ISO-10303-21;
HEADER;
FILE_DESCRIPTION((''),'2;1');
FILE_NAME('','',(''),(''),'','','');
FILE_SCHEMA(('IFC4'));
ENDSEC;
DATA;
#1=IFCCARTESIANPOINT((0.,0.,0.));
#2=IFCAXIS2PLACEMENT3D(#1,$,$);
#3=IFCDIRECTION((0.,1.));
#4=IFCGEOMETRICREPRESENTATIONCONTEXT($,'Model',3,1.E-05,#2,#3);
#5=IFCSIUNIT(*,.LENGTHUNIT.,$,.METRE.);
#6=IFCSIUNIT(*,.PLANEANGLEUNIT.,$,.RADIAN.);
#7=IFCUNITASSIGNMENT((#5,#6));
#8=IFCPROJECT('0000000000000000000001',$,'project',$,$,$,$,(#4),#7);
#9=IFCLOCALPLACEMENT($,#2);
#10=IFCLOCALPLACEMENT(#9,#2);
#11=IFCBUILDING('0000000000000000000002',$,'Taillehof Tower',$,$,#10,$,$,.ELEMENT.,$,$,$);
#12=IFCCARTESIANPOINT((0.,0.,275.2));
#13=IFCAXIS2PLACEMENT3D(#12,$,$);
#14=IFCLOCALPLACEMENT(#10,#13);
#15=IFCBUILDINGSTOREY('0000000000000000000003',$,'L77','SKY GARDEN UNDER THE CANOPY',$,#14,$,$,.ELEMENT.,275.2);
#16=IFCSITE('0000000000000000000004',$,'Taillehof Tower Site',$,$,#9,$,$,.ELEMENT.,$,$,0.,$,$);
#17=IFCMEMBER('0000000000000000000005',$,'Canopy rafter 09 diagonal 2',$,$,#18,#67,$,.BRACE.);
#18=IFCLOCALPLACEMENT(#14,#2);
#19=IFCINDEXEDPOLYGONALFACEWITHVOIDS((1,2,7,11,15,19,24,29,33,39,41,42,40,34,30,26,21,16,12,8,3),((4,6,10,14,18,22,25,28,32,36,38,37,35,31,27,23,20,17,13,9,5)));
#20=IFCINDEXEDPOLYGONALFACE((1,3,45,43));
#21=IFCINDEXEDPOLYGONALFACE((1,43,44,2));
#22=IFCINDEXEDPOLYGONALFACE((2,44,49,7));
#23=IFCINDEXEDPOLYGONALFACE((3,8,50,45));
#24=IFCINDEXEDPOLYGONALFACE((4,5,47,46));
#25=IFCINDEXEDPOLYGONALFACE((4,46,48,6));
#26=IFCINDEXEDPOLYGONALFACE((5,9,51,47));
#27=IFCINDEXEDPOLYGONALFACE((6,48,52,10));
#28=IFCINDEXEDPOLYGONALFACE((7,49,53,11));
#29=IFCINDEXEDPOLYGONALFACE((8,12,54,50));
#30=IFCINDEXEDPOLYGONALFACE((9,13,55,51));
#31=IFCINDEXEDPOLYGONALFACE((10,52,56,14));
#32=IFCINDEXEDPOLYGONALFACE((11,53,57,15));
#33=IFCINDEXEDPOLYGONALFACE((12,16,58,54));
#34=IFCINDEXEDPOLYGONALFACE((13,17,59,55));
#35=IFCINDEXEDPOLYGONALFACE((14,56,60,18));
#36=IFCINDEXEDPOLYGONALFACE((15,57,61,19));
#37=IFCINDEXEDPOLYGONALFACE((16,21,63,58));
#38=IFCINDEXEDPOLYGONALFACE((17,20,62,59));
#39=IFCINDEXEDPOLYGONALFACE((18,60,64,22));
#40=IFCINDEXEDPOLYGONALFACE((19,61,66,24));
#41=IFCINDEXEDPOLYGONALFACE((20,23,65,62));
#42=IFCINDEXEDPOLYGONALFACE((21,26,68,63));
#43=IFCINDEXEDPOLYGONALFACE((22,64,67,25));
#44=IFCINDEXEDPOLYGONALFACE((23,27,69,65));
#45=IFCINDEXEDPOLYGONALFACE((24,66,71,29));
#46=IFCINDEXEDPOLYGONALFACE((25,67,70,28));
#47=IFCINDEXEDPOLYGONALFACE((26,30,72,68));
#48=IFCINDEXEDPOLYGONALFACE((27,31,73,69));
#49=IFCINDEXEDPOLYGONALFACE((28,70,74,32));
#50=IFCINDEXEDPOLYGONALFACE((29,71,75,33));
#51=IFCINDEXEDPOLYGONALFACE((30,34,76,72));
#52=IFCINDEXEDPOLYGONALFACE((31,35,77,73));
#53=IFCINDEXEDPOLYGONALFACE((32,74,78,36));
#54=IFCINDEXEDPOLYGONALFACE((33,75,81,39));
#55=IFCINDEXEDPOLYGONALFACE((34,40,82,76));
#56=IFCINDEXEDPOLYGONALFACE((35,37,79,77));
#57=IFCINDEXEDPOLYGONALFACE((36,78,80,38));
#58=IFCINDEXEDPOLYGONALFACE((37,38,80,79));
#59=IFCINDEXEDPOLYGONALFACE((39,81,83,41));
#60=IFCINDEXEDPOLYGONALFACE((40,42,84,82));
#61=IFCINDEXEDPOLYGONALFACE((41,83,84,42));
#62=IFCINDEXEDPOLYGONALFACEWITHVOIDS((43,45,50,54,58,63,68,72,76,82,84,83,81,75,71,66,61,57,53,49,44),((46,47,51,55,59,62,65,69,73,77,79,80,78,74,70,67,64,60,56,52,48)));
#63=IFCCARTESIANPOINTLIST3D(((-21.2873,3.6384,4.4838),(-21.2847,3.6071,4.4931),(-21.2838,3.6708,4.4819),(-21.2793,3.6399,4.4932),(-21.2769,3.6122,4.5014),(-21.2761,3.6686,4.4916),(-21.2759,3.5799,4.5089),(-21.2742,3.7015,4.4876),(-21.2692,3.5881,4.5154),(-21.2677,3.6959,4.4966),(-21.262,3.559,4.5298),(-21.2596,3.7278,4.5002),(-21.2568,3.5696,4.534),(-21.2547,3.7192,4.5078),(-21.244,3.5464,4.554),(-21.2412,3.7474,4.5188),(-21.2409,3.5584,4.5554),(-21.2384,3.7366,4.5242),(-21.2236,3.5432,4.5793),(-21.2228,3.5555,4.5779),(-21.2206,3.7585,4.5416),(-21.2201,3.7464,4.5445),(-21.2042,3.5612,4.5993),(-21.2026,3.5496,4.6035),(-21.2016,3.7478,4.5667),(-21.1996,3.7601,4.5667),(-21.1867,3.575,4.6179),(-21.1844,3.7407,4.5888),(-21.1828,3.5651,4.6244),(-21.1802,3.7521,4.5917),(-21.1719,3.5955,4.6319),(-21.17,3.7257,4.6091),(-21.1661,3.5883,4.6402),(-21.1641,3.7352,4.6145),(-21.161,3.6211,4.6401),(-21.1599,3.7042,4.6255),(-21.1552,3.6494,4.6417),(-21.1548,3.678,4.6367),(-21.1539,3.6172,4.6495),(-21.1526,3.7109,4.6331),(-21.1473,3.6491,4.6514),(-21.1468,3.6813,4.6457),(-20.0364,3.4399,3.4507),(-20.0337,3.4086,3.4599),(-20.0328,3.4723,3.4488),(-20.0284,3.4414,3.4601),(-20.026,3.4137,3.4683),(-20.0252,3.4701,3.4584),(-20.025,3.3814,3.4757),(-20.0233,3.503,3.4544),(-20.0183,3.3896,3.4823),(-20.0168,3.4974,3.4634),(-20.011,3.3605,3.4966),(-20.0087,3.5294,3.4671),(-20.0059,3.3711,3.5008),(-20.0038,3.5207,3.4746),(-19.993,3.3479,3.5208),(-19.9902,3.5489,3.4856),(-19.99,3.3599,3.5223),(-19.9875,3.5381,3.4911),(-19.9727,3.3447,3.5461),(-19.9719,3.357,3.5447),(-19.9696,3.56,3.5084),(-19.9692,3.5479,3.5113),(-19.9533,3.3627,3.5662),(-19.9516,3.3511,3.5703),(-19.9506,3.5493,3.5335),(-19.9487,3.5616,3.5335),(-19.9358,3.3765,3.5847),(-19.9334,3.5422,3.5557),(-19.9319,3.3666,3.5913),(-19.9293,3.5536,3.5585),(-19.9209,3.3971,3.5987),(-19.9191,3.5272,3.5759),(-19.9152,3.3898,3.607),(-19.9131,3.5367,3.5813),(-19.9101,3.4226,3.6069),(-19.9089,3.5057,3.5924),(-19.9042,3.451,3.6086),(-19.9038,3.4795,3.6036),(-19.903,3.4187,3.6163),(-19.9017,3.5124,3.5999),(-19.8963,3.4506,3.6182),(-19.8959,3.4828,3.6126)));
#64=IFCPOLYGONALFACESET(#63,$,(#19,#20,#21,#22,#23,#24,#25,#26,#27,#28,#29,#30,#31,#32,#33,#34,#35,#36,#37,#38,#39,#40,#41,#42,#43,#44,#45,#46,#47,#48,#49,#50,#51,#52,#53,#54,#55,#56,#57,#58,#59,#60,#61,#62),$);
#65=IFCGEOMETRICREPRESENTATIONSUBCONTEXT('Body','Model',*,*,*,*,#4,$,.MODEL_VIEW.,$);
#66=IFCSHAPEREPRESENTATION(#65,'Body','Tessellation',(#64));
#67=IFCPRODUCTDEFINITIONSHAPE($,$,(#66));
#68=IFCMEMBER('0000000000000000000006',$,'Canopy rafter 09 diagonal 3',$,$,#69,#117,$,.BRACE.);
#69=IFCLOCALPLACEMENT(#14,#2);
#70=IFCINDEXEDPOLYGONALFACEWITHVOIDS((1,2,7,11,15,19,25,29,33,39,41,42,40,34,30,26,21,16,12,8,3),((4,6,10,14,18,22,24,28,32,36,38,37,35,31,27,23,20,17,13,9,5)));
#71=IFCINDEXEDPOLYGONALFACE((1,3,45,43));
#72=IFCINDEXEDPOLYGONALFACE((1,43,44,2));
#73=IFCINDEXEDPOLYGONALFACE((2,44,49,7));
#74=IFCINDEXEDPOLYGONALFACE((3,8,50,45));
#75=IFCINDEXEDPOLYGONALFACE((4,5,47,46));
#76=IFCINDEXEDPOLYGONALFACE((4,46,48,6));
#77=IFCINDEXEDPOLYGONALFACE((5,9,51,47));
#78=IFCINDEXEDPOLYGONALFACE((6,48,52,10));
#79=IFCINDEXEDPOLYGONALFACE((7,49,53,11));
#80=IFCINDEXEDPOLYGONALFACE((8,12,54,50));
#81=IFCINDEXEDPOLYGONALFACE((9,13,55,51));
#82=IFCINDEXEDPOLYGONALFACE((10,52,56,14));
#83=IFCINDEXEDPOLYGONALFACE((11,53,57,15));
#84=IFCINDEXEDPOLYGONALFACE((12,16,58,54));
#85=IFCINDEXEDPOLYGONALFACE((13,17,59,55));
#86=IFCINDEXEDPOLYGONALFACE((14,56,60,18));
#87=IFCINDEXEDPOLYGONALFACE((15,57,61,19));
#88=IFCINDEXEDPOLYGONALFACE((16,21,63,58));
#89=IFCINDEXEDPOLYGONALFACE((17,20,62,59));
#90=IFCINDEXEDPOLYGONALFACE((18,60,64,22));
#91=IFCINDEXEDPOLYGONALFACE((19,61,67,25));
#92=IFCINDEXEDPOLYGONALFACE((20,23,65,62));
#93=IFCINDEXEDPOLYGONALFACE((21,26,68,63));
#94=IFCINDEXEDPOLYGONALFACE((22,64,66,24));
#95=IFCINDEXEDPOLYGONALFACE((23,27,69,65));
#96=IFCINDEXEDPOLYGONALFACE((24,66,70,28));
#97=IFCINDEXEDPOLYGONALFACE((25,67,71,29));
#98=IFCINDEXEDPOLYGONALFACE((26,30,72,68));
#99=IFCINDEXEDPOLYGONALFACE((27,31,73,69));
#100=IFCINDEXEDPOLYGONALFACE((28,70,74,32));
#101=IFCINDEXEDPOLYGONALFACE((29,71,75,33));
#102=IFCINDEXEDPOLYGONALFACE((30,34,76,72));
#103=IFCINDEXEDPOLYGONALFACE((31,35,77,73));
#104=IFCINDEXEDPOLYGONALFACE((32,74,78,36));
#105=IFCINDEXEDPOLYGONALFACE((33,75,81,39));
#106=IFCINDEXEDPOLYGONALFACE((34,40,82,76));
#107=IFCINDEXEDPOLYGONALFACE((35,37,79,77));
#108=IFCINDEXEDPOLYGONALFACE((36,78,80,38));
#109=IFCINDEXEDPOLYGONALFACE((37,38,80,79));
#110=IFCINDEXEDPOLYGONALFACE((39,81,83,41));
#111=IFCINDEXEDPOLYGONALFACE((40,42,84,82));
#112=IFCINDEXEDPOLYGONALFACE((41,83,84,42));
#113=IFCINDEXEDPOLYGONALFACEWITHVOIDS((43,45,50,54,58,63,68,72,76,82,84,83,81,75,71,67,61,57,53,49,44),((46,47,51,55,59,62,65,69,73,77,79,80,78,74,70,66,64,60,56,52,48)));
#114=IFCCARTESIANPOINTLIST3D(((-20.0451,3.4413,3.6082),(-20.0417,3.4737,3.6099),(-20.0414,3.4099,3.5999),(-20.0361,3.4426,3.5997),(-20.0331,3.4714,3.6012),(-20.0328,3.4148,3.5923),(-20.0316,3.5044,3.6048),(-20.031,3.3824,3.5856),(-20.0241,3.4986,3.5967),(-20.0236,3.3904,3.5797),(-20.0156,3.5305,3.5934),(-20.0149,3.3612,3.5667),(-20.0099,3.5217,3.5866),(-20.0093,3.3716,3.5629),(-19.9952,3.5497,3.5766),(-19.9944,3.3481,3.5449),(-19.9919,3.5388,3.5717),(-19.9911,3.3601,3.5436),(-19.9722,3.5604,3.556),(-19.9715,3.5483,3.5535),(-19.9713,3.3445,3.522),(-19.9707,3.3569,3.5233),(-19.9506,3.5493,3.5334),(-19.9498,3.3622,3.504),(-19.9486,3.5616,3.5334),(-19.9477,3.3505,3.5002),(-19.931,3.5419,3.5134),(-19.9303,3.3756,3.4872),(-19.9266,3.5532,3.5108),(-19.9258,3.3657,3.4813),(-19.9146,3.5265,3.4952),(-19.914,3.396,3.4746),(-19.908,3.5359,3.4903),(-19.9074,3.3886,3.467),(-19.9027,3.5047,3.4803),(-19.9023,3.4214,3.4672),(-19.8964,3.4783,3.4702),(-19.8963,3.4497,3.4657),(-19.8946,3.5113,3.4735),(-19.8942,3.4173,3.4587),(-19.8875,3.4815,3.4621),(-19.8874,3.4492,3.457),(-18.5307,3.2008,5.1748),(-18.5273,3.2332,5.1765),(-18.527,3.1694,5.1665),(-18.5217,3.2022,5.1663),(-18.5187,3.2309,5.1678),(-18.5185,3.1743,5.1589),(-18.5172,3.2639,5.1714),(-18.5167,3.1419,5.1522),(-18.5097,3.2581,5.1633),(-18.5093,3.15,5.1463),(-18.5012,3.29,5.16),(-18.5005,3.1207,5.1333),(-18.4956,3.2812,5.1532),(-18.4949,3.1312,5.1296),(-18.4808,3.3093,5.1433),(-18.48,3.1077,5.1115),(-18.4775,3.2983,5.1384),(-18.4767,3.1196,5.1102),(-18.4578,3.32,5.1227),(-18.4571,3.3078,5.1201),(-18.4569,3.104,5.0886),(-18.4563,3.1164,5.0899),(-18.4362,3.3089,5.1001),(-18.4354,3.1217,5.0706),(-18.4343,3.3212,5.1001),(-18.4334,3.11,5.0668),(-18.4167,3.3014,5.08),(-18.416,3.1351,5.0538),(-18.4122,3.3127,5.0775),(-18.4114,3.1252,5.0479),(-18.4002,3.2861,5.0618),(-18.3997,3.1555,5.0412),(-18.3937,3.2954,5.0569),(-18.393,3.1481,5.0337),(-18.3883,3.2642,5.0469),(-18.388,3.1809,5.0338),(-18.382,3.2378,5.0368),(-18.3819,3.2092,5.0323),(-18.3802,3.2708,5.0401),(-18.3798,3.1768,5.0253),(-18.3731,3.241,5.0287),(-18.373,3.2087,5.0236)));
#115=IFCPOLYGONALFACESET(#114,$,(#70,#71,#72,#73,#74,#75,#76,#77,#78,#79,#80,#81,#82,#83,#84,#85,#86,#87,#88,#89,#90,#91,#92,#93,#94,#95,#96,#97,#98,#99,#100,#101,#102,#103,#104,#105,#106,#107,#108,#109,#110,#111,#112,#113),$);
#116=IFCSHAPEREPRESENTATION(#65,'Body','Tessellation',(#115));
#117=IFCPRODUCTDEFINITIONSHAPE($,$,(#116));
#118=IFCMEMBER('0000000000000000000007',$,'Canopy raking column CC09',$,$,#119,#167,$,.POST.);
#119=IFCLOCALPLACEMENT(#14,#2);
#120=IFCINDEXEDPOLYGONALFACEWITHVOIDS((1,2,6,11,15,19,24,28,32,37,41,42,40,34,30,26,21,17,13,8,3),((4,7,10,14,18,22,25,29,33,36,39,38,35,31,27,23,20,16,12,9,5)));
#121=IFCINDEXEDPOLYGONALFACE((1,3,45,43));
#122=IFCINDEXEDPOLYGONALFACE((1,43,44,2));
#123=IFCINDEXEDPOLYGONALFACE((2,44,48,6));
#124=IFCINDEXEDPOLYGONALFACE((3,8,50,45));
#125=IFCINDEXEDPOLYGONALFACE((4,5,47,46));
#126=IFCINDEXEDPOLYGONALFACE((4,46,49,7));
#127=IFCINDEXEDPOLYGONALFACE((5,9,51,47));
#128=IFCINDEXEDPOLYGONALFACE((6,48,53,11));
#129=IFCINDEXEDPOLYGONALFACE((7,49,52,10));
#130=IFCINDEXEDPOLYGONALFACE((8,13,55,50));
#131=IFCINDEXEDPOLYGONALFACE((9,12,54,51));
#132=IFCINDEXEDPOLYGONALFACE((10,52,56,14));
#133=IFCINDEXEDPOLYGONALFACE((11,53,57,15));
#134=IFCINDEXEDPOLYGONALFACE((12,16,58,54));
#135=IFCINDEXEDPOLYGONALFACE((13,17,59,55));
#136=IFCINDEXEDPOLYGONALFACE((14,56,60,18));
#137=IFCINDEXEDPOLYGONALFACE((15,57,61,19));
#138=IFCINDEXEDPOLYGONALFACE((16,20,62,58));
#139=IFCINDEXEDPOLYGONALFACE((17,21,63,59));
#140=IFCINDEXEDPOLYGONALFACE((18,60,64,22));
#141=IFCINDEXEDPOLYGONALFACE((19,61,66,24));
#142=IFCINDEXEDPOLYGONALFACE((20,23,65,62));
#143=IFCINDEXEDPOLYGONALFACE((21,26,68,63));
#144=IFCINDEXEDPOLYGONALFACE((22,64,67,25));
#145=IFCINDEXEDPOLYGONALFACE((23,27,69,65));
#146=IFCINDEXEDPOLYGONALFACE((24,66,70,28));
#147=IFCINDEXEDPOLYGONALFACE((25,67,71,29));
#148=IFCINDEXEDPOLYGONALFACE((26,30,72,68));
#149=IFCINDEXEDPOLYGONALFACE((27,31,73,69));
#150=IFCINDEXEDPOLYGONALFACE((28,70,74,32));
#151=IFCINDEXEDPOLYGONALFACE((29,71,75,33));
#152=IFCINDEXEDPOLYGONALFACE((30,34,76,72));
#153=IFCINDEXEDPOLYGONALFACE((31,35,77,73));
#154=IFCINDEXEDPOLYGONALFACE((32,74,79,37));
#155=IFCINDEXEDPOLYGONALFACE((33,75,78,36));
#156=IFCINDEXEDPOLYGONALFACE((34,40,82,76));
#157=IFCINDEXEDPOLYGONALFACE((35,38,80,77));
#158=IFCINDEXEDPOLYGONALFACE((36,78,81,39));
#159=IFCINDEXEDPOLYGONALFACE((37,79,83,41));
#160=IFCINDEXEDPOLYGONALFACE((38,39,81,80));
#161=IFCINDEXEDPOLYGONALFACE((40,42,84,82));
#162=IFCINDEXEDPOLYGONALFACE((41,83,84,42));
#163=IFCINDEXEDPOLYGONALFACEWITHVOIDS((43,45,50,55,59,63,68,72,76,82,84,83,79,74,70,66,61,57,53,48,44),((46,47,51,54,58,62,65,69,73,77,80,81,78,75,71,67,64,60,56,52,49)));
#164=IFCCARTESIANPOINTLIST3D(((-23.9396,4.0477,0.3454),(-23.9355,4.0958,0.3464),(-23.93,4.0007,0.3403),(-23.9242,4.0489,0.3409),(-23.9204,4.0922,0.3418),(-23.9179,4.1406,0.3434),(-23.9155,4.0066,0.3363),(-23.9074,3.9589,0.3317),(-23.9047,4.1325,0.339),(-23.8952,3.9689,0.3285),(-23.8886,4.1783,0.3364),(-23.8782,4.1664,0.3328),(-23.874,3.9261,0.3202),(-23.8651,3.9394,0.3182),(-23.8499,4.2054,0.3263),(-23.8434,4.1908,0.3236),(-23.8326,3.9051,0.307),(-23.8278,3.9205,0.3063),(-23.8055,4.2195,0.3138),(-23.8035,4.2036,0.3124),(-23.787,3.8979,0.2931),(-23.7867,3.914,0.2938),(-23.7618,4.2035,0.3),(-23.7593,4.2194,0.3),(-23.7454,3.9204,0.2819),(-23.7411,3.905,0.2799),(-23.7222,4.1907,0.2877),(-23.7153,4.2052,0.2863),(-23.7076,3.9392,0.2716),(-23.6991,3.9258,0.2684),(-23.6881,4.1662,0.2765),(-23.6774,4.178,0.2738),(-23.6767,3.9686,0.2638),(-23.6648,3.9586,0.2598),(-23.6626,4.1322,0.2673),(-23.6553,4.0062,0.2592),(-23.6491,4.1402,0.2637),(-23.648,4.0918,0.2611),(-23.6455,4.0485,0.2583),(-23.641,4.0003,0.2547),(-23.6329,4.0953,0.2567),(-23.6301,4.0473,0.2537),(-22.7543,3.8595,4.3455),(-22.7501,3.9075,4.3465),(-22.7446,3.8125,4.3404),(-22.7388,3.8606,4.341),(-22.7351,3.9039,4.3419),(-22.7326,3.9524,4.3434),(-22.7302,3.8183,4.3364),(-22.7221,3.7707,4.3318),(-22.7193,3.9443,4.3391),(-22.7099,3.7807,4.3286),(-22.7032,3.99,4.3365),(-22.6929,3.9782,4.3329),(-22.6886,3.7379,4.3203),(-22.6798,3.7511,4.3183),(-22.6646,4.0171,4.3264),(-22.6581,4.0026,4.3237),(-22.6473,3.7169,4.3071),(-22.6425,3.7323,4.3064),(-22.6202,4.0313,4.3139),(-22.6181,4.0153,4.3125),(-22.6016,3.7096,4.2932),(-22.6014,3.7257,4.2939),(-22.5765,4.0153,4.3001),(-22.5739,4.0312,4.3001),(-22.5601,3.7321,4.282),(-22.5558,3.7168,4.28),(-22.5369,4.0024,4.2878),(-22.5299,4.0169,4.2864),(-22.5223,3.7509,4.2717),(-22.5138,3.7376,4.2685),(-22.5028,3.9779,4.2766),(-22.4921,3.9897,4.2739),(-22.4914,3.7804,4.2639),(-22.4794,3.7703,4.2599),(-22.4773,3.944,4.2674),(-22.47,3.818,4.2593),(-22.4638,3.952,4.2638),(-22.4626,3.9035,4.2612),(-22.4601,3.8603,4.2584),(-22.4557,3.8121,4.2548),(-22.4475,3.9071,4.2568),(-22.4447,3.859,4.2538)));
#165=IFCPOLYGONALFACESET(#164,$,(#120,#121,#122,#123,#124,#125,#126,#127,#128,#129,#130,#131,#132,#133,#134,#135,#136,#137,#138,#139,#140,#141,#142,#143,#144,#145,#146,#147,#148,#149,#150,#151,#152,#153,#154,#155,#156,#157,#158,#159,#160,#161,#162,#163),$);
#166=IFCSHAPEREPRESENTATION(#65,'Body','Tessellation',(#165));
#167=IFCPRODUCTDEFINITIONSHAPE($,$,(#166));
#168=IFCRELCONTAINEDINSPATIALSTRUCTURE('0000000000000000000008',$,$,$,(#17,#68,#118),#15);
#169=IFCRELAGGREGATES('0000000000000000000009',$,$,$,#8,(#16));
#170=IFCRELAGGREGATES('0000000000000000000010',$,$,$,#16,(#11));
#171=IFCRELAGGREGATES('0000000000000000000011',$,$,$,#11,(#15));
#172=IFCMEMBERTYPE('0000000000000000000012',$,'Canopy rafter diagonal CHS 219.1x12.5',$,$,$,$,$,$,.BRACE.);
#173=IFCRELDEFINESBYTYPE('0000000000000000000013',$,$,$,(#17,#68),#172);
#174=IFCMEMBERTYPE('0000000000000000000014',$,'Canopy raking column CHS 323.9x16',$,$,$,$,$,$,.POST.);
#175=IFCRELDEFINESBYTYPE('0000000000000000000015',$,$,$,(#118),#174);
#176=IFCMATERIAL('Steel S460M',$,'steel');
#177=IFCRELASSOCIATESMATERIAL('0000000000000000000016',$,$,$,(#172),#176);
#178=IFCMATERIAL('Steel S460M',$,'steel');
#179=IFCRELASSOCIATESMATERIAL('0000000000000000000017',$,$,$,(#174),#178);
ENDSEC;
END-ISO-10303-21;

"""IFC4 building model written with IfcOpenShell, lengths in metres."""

from ifc_helpers import new_model, si_unit, direction, frame, origin, origin_2d, place, context, subcontext, project, spatial, hollow_circle, extrude, material, material_profile, profile_set, type_object, element, save


model = new_model("IFC4")

# Units and contexts
model_context = context("Model", 3, precision=1e-05, world=origin(), true_north=direction((0.0, 1.0)))
body_context = subcontext(model_context, "Body", "Model", "MODEL_VIEW")
ifc_project = project(units=[si_unit("LENGTHUNIT", "METRE"), si_unit("PLANEANGLEUNIT", "RADIAN")], contexts=[model_context])

# Site, building, storey
site_placement = place(None, origin())
site = spatial("IfcSite", under=ifc_project, at=site_placement, Name="Taillehof Tower Site", CompositionType="ELEMENT", RefElevation=0.0)
building_placement = place(site_placement, origin())
building = spatial("IfcBuilding", under=site, at=building_placement, Name="Taillehof Tower", CompositionType="ELEMENT")
storey_placement = place(building_placement, frame((0.0, 0.0, 275.2)))
storey = spatial("IfcBuildingStorey", under=building, at=storey_placement, Name="L77", Description="SKY GARDEN UNDER THE CANOPY", CompositionType="ELEMENT", Elevation=275.2)

# Members
ifc_material_1 = material(Name="Steel S460M", Category="steel")
ifc_material_profile_1 = material_profile(ifc_material_1, hollow_circle(Radius=0.1096, WallThickness=0.0125, at=origin_2d()), Name="CHS 219.1x12.5")
ifc_profile_set_1 = profile_set([ifc_material_profile_1], Name="Steel S460M")
member_type_1 = type_object("IfcMemberType", Name="Canopy rafter diagonal CHS 219.1x12.5", PredefinedType="BRACE", material=ifc_profile_set_1)
member_1_placement = place(storey_placement, frame((-21.2168, 3.6519, 4.5667), z_axis=(0.76532, -0.12143, -0.632091), x_axis=(0.156705, 0.987645, 0.0)))
element("IfcMember", 1, at=member_1_placement, inside=storey, type_object=member_type_1, Name="Canopy rafter 09 diagonal 2", PredefinedType="BRACE", context=body_context, shape_type="SweptSolid", body=[
    extrude(hollow_circle(Radius=0.1096, WallThickness=0.0125, at=origin_2d()), origin(), (0.0, 0.0, 1.0), 1.6345),
])
member_2_placement = place(storey_placement, frame((-19.9658, 3.4534, 3.5334), z_axis=(0.690822, -0.109698, 0.714655), x_axis=(0.156829, 0.987626, 0.0)))
element("IfcMember", 2, at=member_2_placement, inside=storey, type_object=member_type_1, Name="Canopy rafter 09 diagonal 3", PredefinedType="BRACE", context=body_context, shape_type="SweptSolid", body=[
    extrude(hollow_circle(Radius=0.1096, WallThickness=0.0125, at=origin_2d()), origin(), (0.0, 0.0, 1.0), 2.1921),
])
ifc_material_2 = material(Name="Steel S460M", Category="steel")
ifc_material_profile_2 = material_profile(ifc_material_2, hollow_circle(Radius=0.1619, WallThickness=0.0161, at=origin_2d()), Name="CHS 323.9x16")
ifc_profile_set_2 = profile_set([ifc_material_profile_2], Name="Steel S460M")
member_type_2 = type_object("IfcMemberType", Name="Canopy raking column CHS 323.9x16", PredefinedType="POST", material=ifc_profile_set_2)
member_3_placement = place(storey_placement, frame((-23.7847, 4.0596, 0.3), z_axis=(0.283825, -0.045073, 0.957816), x_axis=(0.15684, 0.987624, 0.0)))
element("IfcMember", 3, at=member_3_placement, inside=storey, type_object=member_type_2, Name="Canopy raking column CC09", PredefinedType="POST", context=body_context, shape_type="SweptSolid", body=[
    extrude(hollow_circle(Radius=0.1619, WallThickness=0.0161, at=origin_2d()), origin(), (0.0, 0.0, 1.0), 4.1763),
])

save(model, "model.ifc")
